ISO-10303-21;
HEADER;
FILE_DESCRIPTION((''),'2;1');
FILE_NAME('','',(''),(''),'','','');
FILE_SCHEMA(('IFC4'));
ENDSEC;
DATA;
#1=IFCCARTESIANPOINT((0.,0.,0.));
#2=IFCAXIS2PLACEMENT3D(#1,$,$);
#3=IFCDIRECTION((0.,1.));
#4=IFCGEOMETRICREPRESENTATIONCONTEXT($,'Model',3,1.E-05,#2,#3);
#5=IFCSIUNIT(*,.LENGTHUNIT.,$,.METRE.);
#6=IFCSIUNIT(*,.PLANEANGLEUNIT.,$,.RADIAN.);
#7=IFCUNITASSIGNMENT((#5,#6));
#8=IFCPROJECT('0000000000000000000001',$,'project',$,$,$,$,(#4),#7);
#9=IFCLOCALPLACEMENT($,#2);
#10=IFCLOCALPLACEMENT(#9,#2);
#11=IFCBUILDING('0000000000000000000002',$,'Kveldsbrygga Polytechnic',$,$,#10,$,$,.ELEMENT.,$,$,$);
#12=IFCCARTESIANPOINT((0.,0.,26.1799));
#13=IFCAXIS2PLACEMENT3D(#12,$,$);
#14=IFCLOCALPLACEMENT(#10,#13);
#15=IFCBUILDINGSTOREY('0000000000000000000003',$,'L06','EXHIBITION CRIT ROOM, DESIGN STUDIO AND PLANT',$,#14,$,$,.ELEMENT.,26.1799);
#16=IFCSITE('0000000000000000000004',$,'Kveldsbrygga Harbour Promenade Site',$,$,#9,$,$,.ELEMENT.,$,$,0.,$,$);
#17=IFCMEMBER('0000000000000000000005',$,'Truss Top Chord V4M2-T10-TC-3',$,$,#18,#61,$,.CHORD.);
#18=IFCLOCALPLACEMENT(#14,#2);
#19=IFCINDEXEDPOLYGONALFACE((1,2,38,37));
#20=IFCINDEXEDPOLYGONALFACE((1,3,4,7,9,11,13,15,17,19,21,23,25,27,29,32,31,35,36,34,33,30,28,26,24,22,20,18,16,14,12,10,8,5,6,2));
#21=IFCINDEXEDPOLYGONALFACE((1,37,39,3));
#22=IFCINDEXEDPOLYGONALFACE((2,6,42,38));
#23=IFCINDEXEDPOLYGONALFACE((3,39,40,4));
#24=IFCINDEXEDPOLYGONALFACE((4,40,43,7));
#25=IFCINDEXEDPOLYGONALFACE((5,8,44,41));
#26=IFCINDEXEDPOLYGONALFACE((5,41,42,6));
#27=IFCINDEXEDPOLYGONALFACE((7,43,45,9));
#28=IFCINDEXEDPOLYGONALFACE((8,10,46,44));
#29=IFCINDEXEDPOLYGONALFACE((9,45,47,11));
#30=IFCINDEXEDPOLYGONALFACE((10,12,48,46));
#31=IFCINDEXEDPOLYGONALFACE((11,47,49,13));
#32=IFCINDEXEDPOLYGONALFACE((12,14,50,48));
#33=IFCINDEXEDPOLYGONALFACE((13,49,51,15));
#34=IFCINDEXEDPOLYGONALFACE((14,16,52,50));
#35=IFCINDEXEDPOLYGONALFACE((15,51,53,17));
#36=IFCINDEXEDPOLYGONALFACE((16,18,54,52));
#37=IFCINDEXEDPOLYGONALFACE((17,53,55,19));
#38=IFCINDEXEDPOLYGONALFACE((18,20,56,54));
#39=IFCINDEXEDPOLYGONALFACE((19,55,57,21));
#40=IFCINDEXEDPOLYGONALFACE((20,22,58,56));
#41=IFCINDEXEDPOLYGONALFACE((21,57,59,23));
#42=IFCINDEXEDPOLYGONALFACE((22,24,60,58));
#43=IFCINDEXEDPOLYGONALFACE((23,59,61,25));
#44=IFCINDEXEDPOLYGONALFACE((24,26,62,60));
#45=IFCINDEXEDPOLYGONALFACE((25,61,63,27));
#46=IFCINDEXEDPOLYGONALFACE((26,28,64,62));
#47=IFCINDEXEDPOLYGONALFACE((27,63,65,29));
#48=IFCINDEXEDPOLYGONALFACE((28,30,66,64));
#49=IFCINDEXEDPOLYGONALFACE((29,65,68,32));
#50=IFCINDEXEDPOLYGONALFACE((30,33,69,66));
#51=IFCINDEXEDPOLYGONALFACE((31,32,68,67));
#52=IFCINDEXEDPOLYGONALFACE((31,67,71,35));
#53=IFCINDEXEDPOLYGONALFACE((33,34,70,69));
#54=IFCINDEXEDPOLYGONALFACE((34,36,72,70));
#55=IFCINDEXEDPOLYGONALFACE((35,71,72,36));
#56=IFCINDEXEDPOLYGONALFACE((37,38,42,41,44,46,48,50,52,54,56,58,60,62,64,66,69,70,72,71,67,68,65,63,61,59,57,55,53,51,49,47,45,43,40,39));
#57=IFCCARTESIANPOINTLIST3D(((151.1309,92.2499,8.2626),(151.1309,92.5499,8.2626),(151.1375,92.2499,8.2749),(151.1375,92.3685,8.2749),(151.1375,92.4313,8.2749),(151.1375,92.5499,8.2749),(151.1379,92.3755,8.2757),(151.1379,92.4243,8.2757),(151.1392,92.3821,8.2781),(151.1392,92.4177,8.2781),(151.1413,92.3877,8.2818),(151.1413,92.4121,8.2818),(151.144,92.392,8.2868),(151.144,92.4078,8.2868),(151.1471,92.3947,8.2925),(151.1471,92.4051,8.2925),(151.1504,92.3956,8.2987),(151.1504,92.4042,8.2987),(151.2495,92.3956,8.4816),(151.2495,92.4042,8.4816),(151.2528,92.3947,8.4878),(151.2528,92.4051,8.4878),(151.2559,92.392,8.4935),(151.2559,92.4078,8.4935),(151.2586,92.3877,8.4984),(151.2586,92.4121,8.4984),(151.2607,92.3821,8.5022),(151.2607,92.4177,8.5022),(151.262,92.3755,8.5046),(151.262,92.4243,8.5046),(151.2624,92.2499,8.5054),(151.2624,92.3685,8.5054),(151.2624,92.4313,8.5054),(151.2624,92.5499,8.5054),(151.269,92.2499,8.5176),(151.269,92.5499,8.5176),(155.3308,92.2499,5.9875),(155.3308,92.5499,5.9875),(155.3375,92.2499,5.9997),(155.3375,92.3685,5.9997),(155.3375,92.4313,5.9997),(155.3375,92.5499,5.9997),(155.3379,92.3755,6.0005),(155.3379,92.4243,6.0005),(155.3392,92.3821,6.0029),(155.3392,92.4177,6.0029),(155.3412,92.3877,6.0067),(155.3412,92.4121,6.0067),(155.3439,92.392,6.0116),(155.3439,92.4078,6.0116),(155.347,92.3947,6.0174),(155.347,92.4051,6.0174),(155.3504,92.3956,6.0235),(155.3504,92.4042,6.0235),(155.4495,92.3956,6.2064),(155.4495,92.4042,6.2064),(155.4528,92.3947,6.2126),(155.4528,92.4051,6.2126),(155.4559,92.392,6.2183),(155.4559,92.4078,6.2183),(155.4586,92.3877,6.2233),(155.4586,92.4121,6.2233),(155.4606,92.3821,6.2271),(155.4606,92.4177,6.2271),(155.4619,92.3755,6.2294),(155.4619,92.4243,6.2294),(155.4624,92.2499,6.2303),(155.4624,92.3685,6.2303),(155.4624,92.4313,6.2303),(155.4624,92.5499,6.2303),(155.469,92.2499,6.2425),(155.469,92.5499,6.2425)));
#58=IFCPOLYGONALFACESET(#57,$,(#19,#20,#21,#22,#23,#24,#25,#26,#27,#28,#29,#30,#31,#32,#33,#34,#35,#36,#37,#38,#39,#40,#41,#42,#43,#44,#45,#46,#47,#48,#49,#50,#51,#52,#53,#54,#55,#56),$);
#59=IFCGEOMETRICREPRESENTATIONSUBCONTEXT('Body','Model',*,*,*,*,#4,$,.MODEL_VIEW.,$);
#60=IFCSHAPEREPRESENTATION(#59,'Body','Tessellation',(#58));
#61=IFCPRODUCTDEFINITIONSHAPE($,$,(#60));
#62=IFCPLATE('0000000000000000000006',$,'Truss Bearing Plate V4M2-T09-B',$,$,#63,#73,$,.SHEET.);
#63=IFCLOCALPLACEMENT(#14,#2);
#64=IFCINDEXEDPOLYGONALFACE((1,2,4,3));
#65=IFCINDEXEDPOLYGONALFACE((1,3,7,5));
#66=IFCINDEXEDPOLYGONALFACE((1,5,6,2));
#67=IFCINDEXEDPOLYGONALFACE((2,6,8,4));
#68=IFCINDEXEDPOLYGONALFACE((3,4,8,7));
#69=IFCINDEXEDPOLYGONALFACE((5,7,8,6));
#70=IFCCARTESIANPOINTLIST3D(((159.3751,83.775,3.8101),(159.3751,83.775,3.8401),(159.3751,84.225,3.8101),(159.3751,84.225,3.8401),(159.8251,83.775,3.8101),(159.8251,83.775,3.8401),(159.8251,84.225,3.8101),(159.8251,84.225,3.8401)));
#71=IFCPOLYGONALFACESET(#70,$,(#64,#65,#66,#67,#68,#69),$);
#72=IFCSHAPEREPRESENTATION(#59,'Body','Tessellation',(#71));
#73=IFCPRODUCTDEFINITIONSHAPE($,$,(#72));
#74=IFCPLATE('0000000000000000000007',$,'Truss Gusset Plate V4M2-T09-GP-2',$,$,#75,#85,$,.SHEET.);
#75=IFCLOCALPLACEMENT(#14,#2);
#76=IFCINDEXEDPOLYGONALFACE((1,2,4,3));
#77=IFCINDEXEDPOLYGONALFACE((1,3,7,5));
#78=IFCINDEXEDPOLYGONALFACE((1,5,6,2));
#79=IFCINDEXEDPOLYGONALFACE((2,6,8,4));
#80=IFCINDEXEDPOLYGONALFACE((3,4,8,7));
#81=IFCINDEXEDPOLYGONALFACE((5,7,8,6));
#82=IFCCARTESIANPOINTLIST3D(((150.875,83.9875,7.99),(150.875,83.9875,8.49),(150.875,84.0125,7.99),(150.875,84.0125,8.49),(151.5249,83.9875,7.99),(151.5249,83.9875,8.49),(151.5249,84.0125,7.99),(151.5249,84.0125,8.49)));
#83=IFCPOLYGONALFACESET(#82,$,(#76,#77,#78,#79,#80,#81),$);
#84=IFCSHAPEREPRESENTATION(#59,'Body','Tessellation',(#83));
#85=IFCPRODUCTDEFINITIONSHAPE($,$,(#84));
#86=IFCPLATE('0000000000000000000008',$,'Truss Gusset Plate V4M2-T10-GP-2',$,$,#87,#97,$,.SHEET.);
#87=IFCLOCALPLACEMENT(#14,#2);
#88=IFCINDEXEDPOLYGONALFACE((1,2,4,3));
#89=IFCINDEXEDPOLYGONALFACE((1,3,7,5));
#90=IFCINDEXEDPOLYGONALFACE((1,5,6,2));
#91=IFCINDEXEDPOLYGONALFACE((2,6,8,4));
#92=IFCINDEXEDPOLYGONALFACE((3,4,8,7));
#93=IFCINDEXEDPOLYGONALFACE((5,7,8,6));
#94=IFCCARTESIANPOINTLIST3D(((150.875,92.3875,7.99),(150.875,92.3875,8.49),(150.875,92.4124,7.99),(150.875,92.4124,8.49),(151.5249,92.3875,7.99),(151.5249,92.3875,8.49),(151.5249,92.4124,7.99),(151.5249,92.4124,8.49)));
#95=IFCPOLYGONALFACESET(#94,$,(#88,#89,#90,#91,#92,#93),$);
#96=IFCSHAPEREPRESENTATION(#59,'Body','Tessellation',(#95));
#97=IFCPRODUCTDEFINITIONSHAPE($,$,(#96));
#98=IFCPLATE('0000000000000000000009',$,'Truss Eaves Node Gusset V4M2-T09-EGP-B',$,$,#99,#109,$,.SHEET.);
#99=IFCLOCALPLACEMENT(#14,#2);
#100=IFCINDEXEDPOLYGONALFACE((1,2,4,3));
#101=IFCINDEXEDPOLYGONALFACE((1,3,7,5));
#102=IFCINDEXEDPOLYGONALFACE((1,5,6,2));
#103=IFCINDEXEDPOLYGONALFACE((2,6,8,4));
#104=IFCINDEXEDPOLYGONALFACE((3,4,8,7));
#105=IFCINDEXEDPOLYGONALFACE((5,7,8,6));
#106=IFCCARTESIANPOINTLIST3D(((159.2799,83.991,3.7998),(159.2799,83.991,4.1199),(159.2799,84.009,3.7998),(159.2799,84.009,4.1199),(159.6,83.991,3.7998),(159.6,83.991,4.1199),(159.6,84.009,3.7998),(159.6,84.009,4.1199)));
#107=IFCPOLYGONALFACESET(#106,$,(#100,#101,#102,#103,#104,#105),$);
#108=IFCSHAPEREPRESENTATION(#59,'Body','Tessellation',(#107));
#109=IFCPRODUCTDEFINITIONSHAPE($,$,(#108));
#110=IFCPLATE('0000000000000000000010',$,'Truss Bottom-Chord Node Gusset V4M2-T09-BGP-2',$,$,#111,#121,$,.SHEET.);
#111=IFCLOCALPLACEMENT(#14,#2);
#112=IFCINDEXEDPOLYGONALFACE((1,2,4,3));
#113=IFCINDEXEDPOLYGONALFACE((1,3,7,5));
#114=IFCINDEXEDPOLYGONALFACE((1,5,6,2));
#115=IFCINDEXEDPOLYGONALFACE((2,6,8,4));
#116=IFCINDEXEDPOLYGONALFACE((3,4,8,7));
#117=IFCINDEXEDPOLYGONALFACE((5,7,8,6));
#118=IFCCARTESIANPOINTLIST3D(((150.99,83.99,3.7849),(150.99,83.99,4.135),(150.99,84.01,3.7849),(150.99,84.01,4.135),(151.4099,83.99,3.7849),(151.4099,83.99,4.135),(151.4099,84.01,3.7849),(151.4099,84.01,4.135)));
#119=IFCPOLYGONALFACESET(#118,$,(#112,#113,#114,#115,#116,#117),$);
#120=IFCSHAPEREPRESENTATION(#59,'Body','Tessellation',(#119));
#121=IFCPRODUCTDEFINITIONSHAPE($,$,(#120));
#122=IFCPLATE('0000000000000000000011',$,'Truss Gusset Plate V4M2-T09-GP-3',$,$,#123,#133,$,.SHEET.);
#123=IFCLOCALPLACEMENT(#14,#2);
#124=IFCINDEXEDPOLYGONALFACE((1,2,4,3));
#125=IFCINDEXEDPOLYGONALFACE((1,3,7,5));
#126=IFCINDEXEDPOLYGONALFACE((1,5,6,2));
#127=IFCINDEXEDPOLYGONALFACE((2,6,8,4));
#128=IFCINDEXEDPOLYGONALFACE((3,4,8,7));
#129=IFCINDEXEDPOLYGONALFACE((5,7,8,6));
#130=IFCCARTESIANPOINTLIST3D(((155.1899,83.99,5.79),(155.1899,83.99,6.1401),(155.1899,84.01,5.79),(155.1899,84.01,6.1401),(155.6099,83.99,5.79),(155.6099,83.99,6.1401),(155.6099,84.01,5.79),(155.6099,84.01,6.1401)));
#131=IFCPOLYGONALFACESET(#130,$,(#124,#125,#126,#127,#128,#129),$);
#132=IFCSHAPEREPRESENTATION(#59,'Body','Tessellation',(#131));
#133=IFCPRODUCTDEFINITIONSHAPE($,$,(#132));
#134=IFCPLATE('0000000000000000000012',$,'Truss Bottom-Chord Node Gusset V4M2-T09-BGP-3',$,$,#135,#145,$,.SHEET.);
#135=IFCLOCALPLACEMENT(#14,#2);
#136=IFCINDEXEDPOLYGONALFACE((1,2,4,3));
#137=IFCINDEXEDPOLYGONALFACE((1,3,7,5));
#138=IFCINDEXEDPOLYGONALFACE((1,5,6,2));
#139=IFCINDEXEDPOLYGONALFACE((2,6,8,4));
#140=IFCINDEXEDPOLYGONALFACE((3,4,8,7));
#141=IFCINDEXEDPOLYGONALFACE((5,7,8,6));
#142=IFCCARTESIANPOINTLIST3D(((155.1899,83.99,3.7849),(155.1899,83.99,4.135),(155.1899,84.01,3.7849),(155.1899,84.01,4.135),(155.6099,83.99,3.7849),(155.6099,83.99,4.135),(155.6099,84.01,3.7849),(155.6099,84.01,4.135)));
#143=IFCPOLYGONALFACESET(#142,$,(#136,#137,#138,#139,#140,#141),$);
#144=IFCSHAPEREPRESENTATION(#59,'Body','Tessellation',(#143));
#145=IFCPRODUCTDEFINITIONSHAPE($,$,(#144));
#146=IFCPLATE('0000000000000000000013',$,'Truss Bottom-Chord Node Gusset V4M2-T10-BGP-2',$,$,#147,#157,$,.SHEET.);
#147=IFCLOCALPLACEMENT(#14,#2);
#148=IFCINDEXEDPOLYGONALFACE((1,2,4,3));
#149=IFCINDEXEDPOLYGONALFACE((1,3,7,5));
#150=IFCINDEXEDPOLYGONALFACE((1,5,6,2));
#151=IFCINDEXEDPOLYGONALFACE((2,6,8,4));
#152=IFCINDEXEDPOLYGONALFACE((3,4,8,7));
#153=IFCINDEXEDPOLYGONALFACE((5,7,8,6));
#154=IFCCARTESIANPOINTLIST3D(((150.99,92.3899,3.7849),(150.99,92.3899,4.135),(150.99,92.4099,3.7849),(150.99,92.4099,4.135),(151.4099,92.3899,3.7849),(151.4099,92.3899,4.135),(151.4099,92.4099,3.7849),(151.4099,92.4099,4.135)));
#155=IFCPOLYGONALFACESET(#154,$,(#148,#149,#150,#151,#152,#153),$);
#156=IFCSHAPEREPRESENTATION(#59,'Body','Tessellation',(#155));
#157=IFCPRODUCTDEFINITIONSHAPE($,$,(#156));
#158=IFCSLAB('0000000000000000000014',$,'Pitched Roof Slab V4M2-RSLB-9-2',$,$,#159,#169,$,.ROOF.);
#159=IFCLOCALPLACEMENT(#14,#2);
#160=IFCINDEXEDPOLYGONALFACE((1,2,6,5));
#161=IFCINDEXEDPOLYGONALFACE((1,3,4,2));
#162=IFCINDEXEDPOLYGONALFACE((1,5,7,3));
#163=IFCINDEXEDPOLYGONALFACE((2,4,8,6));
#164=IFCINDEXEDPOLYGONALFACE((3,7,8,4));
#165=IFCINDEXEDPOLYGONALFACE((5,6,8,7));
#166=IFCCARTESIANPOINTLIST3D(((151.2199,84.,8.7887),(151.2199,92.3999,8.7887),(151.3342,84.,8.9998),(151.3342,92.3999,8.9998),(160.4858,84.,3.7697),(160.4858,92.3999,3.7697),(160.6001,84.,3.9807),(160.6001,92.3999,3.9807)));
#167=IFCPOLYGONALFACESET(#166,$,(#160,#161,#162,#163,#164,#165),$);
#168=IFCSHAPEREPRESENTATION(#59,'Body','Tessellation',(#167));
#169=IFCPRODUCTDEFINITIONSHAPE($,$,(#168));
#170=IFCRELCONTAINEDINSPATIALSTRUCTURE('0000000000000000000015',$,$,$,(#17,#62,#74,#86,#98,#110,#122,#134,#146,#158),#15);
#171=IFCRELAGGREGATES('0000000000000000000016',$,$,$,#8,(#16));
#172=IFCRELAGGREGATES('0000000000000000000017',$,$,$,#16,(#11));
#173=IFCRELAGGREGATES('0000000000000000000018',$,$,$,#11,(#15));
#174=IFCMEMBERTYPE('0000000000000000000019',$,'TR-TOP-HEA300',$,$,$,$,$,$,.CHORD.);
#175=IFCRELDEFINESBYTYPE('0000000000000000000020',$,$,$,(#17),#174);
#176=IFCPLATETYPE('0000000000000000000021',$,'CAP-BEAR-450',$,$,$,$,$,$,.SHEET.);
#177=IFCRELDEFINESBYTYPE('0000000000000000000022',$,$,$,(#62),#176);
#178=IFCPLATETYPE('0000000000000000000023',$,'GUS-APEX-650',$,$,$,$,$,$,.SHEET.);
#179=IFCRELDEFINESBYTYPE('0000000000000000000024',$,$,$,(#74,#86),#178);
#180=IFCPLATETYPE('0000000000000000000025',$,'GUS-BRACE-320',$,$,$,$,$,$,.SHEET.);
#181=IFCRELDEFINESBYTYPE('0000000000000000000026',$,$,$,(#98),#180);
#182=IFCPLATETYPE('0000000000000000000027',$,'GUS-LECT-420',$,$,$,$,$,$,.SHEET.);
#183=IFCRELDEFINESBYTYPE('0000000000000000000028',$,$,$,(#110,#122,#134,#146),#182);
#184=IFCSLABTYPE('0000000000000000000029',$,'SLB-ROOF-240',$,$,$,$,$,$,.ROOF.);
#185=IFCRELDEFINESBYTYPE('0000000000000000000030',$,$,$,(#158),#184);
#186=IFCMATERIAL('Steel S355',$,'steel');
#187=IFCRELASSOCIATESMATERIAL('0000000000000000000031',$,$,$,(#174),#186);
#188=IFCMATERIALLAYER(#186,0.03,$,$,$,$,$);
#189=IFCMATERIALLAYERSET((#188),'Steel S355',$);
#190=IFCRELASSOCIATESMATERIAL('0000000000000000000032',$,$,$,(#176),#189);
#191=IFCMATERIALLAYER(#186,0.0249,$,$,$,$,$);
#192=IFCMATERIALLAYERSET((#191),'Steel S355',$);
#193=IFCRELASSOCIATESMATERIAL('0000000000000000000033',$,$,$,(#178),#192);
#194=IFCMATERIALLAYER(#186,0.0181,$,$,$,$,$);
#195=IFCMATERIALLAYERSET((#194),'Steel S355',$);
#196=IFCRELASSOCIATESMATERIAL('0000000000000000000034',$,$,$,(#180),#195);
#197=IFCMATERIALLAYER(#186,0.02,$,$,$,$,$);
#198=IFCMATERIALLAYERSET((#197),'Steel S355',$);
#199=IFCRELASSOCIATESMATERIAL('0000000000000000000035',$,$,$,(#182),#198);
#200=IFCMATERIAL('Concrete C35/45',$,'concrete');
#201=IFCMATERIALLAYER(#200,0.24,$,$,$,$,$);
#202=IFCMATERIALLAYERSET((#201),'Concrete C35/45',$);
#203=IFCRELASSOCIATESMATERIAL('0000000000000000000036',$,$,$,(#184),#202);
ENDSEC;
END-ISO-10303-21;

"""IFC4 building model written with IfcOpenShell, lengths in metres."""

from ifc_helpers import new_model, si_unit, direction, frame, origin, origin_2d, place, context, subcontext, project, spatial, polyline, rectangle, i_section, outline, extrude, material, layer, layer_set, material_profile, profile_set, type_object, element, save


model = new_model("IFC4")

# Units and contexts
model_context = context("Model", 3, precision=1e-05, world=origin(), true_north=direction((0.0, 1.0)))
body_context = subcontext(model_context, "Body", "Model", "MODEL_VIEW")
ifc_project = project(units=[si_unit("LENGTHUNIT", "METRE"), si_unit("PLANEANGLEUNIT", "RADIAN")], contexts=[model_context])

# Site, building, storey
site_placement = place(None, origin())
site = spatial("IfcSite", under=ifc_project, at=site_placement, Name="Kveldsbrygga Harbour Promenade Site", CompositionType="ELEMENT", RefElevation=0.0)
building_placement = place(site_placement, origin())
building = spatial("IfcBuilding", under=site, at=building_placement, Name="Kveldsbrygga Polytechnic", CompositionType="ELEMENT")
storey_placement = place(building_placement, frame((0.0, 0.0, 26.1799)))
storey = spatial("IfcBuildingStorey", under=building, at=storey_placement, Name="L06", Description="EXHIBITION CRIT ROOM, DESIGN STUDIO AND PLANT", CompositionType="ELEMENT", Elevation=26.1799)

# Shared definitions
ifc_material_1 = material(Name="Steel S355", Category="steel")

# Member
ifc_material_profile_1 = material_profile(ifc_material_1, i_section(OverallWidth=0.3, OverallDepth=0.29, WebThickness=0.0085, FlangeThickness=0.0139, FilletRadius=0.0271, at=origin_2d()), Name="HEA 300")
ifc_profile_set_1 = profile_set([ifc_material_profile_1], Name="Steel S355")
member_type_1 = type_object("IfcMemberType", Name="TR-TOP-HEA300", PredefinedType="CHORD", material=ifc_profile_set_1)
for number, where, z_axis, x_axis, name in (
    (1, (151.2, 92.3999, 8.3901), (0.879277, 0.0, -0.476311), (0.0, 1.0, 0.0), "Truss Top Chord V4M2-T10-TC-3"),
):
    element("IfcMember", number, at=place(storey_placement, frame(where, z_axis=z_axis, x_axis=x_axis)), inside=storey, type_object=member_type_1, Name=name, PredefinedType="CHORD", context=body_context, shape_type="SweptSolid", body=[
        extrude(i_section(OverallWidth=0.3, OverallDepth=0.29, WebThickness=0.0085, FlangeThickness=0.0139, FilletRadius=0.0271, at=origin_2d()), origin(), (0.0, 0.0, 1.0), 4.7766),
    ])

# Plates
ifc_layer_1 = layer(ifc_material_1, 0.03)
ifc_layer_set_1 = layer_set([ifc_layer_1], Name="Steel S355")
plate_type_1 = type_object("IfcPlateType", Name="CAP-BEAR-450", PredefinedType="SHEET", material=ifc_layer_set_1)
plate_1_placement = place(storey_placement, frame((159.6001, 84.0, 3.8101), z_axis=(0.0, 0.0, 1.0), x_axis=(1.0, 0.0, 0.0)))
element("IfcPlate", 2, at=plate_1_placement, inside=storey, type_object=plate_type_1, Name="Truss Bearing Plate V4M2-T09-B", PredefinedType="SHEET", context=body_context, shape_type="SweptSolid", body=[
    extrude(rectangle(XDim=0.45, YDim=0.45, at=origin_2d()), origin(), (0.0, 0.0, 1.0), 0.03),
])
ifc_layer_2 = layer(ifc_material_1, 0.0249)
ifc_layer_set_2 = layer_set([ifc_layer_2], Name="Steel S355")
plate_type_2 = type_object("IfcPlateType", Name="GUS-APEX-650", PredefinedType="SHEET", material=ifc_layer_set_2)
for number, where, z_axis, x_axis, name in (
    (3, (151.2, 84.0, 7.99), (0.0, 0.0, 1.0), (1.0, 0.0, 0.0), "Truss Gusset Plate V4M2-T09-GP-2"),
    (4, (151.2, 92.3999, 7.99), (0.0, 0.0, 1.0), (1.0, 0.0, 0.0), "Truss Gusset Plate V4M2-T10-GP-2"),
):
    element("IfcPlate", number, at=place(storey_placement, frame(where, z_axis=z_axis, x_axis=x_axis)), inside=storey, type_object=plate_type_2, Name=name, PredefinedType="SHEET", context=body_context, shape_type="SweptSolid", body=[
        extrude(rectangle(XDim=0.6499, YDim=0.0249, at=origin_2d()), origin(), (0.0, 0.0, 1.0), 0.5),
    ])
ifc_layer_3 = layer(ifc_material_1, 0.0181)
ifc_layer_set_3 = layer_set([ifc_layer_3], Name="Steel S355")
plate_type_3 = type_object("IfcPlateType", Name="GUS-BRACE-320", PredefinedType="SHEET", material=ifc_layer_set_3)
plate_2_placement = place(storey_placement, frame((159.4399, 84.0, 3.7998), z_axis=(0.0, 0.0, 1.0), x_axis=(1.0, 0.0, 0.0)))
element("IfcPlate", 5, at=plate_2_placement, inside=storey, type_object=plate_type_3, Name="Truss Eaves Node Gusset V4M2-T09-EGP-B", PredefinedType="SHEET", context=body_context, shape_type="SweptSolid", body=[
    extrude(rectangle(XDim=0.3201, YDim=0.0181, at=origin_2d()), origin(), (0.0, 0.0, 1.0), 0.3201),
])
ifc_layer_4 = layer(ifc_material_1, 0.02)
ifc_layer_set_4 = layer_set([ifc_layer_4], Name="Steel S355")
plate_type_4 = type_object("IfcPlateType", Name="GUS-LECT-420", PredefinedType="SHEET", material=ifc_layer_set_4)
for number, where, z_axis, x_axis, name in (
    (6, (151.2, 84.0, 3.7849), (0.0, 0.0, 1.0), (1.0, 0.0, 0.0), "Truss Bottom-Chord Node Gusset V4M2-T09-BGP-2"),
    (7, (155.3999, 84.0, 5.79), (0.0, 0.0, 1.0), (1.0, 0.0, 0.0), "Truss Gusset Plate V4M2-T09-GP-3"),
    (8, (155.3999, 84.0, 3.7849), (0.0, 0.0, 1.0), (1.0, 0.0, 0.0), "Truss Bottom-Chord Node Gusset V4M2-T09-BGP-3"),
    (9, (151.2, 92.3999, 3.7849), (0.0, 0.0, 1.0), (1.0, 0.0, 0.0), "Truss Bottom-Chord Node Gusset V4M2-T10-BGP-2"),
):
    element("IfcPlate", number, at=place(storey_placement, frame(where, z_axis=z_axis, x_axis=x_axis)), inside=storey, type_object=plate_type_4, Name=name, PredefinedType="SHEET", context=body_context, shape_type="SweptSolid", body=[
        extrude(rectangle(XDim=0.4199, YDim=0.02, at=origin_2d()), origin(), (0.0, 0.0, 1.0), 0.3501),
    ])

# Slab
ifc_material_2 = material(Name="Concrete C35/45", Category="concrete")
ifc_layer_5 = layer(ifc_material_2, 0.24)
ifc_layer_set_5 = layer_set([ifc_layer_5], Name="Concrete C35/45")
slab_type = type_object("IfcSlabType", Name="SLB-ROOF-240", PredefinedType="ROOF", material=ifc_layer_set_5)
slab_placement = place(storey_placement, frame((151.3342, 84.0, 8.9998), z_axis=(0.476285, 0.0, 0.879291), x_axis=(0.879291, 0.0, -0.476285)))
element("IfcSlab", 10, at=slab_placement, inside=storey, type_object=slab_type, Name="Pitched Roof Slab V4M2-RSLB-9-2", PredefinedType="ROOF", context=body_context, shape_type="SweptSolid", body=[
    extrude(outline(polyline([(0.0, 0.0), (10.5379, 0.0), (10.5379, 8.3999), (0.0, 8.3999), (0.0, 0.0)])), origin(), (0.0, 0.0, -1.0), 0.24),
])

save(model, "model.ifc")
